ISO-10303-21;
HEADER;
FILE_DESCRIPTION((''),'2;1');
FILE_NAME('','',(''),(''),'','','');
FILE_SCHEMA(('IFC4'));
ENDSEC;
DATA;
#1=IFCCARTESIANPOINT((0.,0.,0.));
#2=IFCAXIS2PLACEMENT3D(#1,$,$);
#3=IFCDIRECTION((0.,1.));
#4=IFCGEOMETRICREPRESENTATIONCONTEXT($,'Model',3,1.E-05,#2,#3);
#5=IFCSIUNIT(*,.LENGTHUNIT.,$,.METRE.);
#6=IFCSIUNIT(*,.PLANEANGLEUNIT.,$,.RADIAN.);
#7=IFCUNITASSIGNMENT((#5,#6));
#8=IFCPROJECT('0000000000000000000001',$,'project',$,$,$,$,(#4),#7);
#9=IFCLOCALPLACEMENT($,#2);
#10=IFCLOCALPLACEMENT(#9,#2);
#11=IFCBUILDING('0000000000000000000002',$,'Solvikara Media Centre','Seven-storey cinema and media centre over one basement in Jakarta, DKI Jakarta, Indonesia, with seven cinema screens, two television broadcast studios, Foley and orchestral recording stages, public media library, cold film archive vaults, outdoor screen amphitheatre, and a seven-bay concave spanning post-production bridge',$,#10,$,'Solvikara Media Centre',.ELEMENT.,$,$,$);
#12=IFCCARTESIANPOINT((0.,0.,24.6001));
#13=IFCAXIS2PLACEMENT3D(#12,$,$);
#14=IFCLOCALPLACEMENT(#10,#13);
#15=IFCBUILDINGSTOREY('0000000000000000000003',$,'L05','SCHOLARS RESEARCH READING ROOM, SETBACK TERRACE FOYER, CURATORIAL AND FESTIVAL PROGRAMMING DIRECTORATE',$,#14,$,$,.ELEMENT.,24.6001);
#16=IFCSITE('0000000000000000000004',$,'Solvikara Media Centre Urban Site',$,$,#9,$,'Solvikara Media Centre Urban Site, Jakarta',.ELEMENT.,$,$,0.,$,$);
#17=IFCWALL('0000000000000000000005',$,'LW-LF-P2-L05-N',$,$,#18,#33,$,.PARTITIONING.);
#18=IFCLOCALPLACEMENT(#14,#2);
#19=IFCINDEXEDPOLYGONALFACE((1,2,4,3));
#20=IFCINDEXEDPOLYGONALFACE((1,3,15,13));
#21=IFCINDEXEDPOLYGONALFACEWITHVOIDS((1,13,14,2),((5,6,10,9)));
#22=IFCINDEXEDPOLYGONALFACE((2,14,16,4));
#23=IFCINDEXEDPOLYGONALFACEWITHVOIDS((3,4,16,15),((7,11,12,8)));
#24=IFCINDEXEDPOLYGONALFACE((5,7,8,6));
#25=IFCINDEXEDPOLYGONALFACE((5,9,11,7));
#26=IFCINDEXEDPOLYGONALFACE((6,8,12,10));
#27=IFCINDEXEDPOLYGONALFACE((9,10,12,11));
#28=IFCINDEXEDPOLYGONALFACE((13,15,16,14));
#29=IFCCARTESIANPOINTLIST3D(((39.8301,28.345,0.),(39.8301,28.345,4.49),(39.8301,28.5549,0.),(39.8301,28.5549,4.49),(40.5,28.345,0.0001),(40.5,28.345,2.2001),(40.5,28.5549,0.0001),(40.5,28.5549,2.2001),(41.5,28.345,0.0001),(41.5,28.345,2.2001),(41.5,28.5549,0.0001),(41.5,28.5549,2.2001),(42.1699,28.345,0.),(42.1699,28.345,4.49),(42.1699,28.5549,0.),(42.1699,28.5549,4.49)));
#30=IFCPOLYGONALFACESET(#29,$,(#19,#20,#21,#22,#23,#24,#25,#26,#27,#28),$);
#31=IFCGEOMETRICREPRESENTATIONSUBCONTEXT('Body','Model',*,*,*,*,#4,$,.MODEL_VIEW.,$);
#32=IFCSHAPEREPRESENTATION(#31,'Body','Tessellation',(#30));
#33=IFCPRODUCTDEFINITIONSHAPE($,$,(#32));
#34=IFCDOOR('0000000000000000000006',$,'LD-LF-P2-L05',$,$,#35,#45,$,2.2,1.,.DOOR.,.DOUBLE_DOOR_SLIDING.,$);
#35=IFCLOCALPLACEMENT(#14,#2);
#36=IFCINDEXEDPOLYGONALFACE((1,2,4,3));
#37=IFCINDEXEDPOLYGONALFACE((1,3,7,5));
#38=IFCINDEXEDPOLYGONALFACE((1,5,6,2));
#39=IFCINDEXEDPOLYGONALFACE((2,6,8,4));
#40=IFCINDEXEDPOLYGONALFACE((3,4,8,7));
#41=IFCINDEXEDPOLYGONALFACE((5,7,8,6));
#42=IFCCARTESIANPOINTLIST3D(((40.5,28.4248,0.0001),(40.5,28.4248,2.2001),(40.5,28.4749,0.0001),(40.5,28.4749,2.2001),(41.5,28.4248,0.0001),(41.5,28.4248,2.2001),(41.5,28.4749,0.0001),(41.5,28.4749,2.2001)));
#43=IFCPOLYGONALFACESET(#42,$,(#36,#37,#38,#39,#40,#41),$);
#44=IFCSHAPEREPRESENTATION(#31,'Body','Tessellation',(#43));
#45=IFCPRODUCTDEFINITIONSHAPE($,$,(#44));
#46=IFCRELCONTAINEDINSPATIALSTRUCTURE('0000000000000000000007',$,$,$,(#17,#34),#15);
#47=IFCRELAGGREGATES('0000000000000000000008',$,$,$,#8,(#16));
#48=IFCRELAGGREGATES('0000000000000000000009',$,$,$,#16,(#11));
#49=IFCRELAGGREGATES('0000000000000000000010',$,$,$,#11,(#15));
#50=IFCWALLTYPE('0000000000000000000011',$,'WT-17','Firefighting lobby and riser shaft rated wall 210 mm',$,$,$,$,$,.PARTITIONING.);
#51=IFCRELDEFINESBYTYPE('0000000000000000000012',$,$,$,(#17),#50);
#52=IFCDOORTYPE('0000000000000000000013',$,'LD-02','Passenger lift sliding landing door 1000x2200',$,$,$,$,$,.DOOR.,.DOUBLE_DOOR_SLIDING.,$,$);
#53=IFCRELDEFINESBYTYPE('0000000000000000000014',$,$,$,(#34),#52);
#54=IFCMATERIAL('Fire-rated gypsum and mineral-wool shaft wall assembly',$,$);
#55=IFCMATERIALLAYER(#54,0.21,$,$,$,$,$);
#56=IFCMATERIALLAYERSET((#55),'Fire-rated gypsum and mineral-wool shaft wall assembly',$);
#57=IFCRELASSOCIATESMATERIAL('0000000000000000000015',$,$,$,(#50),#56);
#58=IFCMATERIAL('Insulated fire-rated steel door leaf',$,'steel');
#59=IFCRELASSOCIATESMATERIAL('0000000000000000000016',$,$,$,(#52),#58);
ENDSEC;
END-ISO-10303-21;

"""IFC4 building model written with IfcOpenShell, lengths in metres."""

from ifc_helpers import new_model, si_unit, direction, frame, frame_2d, origin, place, context, subcontext, project, spatial, rectangle, extrude, material, layer, layer_set, type_object, element, fill, save


model = new_model("IFC4")

# Units and contexts
model_context = context("Model", 3, precision=1e-05, world=origin(), true_north=direction((0.0, 1.0)))
body_context = subcontext(model_context, "Body", "Model", "MODEL_VIEW")
ifc_project = project(units=[si_unit("LENGTHUNIT", "METRE"), si_unit("PLANEANGLEUNIT", "RADIAN")], contexts=[model_context])

# Site, building, storey
site_placement = place(None, origin())
site = spatial("IfcSite", under=ifc_project, at=site_placement, Name="Solvikara Media Centre Urban Site", LongName="Solvikara Media Centre Urban Site, Jakarta", CompositionType="ELEMENT", RefElevation=0.0)
building_placement = place(site_placement, origin())
building = spatial("IfcBuilding", under=site, at=building_placement, Name="Solvikara Media Centre", Description="Seven-storey cinema and media centre over one basement in Jakarta, DKI Jakarta, Indonesia, with seven cinema screens, two television broadcast studios, Foley and orchestral recording stages, public media library, cold film archive vaults, outdoor screen amphitheatre, and a seven-bay concave spanning post-production bridge", LongName="Solvikara Media Centre", CompositionType="ELEMENT")
storey_placement = place(building_placement, frame((0.0, 0.0, 24.6001)))
storey = spatial("IfcBuildingStorey", under=building, at=storey_placement, Name="L05", Description="SCHOLARS RESEARCH READING ROOM, SETBACK TERRACE FOYER, CURATORIAL AND FESTIVAL PROGRAMMING DIRECTORATE", CompositionType="ELEMENT", Elevation=24.6001)

# Shared definitions
ifc_material_1 = material(Name="Insulated fire-rated steel door leaf", Category="steel")

# Shared definitions
ifc_material_2 = material(Name="Fire-rated gypsum and mineral-wool shaft wall assembly")
ifc_layer_1 = layer(ifc_material_2, 0.21)
ifc_layer_set_1 = layer_set([ifc_layer_1], Name="Fire-rated gypsum and mineral-wool shaft wall assembly")
wall_type_1 = type_object("IfcWallType", Name="WT-17", Description="Firefighting lobby and riser shaft rated wall 210 mm", PredefinedType="PARTITIONING", material=ifc_layer_set_1)

# Shared definitions
door_type_1 = type_object("IfcDoorType", Name="LD-02", Description="Passenger lift sliding landing door 1000x2200", OperationType="DOUBLE_DOOR_SLIDING", PredefinedType="DOOR", material=ifc_material_1)

# Wall, opening, door
wall_1_placement = place(storey_placement, frame((39.8301, 28.45, 0.0), z_axis=(0.0, 0.0, 1.0), x_axis=(1.0, 0.0, 0.0)))
wall_1 = element("IfcWall", 1, at=wall_1_placement, inside=storey, type_object=wall_type_1, Name="LW-LF-P2-L05-N", PredefinedType="PARTITIONING", context=body_context, shape_type="SweptSolid", body=[
    extrude(rectangle(XDim=2.3398, YDim=0.21, at=frame_2d((1.1699, 0.0))), origin(), (0.0, 0.0, 1.0), 4.49),
])
opening_1_placement = place(wall_1_placement, frame((0.6699, 0.0, 0.0)))
opening_1 = element("IfcOpeningElement", 2, at=opening_1_placement, cuts=wall_1, PredefinedType="OPENING", context=body_context, shape_type="SweptSolid", body=[
    extrude(rectangle(XDim=1.0, YDim=2.2, at=frame_2d((0.5, 1.1001))), frame((0.0, 0.1169, 0.0), z_axis=(0.0, -1.0, 0.0), x_axis=(1.0, 0.0, 0.0)), (0.0, 0.0, 1.0), 0.2339),
])
door_1_placement = place(opening_1_placement, origin())
door_1 = element("IfcDoor", 3, at=door_1_placement, inside=storey, type_object=door_type_1, Name="LD-LF-P2-L05", OperationType="DOUBLE_DOOR_SLIDING", OverallHeight=2.2, OverallWidth=1.0, PredefinedType="DOOR", context=body_context, shape_type="SweptSolid", body=[
    extrude(rectangle(XDim=1.0, YDim=2.2, at=frame_2d((0.5, 1.1001))), frame((0.0, 0.0249, 0.0), z_axis=(0.0, -1.0, 0.0), x_axis=(1.0, 0.0, 0.0)), (0.0, 0.0, 1.0), 0.05),
])
fill(opening_1, door_1)

save(model, "model.ifc")
